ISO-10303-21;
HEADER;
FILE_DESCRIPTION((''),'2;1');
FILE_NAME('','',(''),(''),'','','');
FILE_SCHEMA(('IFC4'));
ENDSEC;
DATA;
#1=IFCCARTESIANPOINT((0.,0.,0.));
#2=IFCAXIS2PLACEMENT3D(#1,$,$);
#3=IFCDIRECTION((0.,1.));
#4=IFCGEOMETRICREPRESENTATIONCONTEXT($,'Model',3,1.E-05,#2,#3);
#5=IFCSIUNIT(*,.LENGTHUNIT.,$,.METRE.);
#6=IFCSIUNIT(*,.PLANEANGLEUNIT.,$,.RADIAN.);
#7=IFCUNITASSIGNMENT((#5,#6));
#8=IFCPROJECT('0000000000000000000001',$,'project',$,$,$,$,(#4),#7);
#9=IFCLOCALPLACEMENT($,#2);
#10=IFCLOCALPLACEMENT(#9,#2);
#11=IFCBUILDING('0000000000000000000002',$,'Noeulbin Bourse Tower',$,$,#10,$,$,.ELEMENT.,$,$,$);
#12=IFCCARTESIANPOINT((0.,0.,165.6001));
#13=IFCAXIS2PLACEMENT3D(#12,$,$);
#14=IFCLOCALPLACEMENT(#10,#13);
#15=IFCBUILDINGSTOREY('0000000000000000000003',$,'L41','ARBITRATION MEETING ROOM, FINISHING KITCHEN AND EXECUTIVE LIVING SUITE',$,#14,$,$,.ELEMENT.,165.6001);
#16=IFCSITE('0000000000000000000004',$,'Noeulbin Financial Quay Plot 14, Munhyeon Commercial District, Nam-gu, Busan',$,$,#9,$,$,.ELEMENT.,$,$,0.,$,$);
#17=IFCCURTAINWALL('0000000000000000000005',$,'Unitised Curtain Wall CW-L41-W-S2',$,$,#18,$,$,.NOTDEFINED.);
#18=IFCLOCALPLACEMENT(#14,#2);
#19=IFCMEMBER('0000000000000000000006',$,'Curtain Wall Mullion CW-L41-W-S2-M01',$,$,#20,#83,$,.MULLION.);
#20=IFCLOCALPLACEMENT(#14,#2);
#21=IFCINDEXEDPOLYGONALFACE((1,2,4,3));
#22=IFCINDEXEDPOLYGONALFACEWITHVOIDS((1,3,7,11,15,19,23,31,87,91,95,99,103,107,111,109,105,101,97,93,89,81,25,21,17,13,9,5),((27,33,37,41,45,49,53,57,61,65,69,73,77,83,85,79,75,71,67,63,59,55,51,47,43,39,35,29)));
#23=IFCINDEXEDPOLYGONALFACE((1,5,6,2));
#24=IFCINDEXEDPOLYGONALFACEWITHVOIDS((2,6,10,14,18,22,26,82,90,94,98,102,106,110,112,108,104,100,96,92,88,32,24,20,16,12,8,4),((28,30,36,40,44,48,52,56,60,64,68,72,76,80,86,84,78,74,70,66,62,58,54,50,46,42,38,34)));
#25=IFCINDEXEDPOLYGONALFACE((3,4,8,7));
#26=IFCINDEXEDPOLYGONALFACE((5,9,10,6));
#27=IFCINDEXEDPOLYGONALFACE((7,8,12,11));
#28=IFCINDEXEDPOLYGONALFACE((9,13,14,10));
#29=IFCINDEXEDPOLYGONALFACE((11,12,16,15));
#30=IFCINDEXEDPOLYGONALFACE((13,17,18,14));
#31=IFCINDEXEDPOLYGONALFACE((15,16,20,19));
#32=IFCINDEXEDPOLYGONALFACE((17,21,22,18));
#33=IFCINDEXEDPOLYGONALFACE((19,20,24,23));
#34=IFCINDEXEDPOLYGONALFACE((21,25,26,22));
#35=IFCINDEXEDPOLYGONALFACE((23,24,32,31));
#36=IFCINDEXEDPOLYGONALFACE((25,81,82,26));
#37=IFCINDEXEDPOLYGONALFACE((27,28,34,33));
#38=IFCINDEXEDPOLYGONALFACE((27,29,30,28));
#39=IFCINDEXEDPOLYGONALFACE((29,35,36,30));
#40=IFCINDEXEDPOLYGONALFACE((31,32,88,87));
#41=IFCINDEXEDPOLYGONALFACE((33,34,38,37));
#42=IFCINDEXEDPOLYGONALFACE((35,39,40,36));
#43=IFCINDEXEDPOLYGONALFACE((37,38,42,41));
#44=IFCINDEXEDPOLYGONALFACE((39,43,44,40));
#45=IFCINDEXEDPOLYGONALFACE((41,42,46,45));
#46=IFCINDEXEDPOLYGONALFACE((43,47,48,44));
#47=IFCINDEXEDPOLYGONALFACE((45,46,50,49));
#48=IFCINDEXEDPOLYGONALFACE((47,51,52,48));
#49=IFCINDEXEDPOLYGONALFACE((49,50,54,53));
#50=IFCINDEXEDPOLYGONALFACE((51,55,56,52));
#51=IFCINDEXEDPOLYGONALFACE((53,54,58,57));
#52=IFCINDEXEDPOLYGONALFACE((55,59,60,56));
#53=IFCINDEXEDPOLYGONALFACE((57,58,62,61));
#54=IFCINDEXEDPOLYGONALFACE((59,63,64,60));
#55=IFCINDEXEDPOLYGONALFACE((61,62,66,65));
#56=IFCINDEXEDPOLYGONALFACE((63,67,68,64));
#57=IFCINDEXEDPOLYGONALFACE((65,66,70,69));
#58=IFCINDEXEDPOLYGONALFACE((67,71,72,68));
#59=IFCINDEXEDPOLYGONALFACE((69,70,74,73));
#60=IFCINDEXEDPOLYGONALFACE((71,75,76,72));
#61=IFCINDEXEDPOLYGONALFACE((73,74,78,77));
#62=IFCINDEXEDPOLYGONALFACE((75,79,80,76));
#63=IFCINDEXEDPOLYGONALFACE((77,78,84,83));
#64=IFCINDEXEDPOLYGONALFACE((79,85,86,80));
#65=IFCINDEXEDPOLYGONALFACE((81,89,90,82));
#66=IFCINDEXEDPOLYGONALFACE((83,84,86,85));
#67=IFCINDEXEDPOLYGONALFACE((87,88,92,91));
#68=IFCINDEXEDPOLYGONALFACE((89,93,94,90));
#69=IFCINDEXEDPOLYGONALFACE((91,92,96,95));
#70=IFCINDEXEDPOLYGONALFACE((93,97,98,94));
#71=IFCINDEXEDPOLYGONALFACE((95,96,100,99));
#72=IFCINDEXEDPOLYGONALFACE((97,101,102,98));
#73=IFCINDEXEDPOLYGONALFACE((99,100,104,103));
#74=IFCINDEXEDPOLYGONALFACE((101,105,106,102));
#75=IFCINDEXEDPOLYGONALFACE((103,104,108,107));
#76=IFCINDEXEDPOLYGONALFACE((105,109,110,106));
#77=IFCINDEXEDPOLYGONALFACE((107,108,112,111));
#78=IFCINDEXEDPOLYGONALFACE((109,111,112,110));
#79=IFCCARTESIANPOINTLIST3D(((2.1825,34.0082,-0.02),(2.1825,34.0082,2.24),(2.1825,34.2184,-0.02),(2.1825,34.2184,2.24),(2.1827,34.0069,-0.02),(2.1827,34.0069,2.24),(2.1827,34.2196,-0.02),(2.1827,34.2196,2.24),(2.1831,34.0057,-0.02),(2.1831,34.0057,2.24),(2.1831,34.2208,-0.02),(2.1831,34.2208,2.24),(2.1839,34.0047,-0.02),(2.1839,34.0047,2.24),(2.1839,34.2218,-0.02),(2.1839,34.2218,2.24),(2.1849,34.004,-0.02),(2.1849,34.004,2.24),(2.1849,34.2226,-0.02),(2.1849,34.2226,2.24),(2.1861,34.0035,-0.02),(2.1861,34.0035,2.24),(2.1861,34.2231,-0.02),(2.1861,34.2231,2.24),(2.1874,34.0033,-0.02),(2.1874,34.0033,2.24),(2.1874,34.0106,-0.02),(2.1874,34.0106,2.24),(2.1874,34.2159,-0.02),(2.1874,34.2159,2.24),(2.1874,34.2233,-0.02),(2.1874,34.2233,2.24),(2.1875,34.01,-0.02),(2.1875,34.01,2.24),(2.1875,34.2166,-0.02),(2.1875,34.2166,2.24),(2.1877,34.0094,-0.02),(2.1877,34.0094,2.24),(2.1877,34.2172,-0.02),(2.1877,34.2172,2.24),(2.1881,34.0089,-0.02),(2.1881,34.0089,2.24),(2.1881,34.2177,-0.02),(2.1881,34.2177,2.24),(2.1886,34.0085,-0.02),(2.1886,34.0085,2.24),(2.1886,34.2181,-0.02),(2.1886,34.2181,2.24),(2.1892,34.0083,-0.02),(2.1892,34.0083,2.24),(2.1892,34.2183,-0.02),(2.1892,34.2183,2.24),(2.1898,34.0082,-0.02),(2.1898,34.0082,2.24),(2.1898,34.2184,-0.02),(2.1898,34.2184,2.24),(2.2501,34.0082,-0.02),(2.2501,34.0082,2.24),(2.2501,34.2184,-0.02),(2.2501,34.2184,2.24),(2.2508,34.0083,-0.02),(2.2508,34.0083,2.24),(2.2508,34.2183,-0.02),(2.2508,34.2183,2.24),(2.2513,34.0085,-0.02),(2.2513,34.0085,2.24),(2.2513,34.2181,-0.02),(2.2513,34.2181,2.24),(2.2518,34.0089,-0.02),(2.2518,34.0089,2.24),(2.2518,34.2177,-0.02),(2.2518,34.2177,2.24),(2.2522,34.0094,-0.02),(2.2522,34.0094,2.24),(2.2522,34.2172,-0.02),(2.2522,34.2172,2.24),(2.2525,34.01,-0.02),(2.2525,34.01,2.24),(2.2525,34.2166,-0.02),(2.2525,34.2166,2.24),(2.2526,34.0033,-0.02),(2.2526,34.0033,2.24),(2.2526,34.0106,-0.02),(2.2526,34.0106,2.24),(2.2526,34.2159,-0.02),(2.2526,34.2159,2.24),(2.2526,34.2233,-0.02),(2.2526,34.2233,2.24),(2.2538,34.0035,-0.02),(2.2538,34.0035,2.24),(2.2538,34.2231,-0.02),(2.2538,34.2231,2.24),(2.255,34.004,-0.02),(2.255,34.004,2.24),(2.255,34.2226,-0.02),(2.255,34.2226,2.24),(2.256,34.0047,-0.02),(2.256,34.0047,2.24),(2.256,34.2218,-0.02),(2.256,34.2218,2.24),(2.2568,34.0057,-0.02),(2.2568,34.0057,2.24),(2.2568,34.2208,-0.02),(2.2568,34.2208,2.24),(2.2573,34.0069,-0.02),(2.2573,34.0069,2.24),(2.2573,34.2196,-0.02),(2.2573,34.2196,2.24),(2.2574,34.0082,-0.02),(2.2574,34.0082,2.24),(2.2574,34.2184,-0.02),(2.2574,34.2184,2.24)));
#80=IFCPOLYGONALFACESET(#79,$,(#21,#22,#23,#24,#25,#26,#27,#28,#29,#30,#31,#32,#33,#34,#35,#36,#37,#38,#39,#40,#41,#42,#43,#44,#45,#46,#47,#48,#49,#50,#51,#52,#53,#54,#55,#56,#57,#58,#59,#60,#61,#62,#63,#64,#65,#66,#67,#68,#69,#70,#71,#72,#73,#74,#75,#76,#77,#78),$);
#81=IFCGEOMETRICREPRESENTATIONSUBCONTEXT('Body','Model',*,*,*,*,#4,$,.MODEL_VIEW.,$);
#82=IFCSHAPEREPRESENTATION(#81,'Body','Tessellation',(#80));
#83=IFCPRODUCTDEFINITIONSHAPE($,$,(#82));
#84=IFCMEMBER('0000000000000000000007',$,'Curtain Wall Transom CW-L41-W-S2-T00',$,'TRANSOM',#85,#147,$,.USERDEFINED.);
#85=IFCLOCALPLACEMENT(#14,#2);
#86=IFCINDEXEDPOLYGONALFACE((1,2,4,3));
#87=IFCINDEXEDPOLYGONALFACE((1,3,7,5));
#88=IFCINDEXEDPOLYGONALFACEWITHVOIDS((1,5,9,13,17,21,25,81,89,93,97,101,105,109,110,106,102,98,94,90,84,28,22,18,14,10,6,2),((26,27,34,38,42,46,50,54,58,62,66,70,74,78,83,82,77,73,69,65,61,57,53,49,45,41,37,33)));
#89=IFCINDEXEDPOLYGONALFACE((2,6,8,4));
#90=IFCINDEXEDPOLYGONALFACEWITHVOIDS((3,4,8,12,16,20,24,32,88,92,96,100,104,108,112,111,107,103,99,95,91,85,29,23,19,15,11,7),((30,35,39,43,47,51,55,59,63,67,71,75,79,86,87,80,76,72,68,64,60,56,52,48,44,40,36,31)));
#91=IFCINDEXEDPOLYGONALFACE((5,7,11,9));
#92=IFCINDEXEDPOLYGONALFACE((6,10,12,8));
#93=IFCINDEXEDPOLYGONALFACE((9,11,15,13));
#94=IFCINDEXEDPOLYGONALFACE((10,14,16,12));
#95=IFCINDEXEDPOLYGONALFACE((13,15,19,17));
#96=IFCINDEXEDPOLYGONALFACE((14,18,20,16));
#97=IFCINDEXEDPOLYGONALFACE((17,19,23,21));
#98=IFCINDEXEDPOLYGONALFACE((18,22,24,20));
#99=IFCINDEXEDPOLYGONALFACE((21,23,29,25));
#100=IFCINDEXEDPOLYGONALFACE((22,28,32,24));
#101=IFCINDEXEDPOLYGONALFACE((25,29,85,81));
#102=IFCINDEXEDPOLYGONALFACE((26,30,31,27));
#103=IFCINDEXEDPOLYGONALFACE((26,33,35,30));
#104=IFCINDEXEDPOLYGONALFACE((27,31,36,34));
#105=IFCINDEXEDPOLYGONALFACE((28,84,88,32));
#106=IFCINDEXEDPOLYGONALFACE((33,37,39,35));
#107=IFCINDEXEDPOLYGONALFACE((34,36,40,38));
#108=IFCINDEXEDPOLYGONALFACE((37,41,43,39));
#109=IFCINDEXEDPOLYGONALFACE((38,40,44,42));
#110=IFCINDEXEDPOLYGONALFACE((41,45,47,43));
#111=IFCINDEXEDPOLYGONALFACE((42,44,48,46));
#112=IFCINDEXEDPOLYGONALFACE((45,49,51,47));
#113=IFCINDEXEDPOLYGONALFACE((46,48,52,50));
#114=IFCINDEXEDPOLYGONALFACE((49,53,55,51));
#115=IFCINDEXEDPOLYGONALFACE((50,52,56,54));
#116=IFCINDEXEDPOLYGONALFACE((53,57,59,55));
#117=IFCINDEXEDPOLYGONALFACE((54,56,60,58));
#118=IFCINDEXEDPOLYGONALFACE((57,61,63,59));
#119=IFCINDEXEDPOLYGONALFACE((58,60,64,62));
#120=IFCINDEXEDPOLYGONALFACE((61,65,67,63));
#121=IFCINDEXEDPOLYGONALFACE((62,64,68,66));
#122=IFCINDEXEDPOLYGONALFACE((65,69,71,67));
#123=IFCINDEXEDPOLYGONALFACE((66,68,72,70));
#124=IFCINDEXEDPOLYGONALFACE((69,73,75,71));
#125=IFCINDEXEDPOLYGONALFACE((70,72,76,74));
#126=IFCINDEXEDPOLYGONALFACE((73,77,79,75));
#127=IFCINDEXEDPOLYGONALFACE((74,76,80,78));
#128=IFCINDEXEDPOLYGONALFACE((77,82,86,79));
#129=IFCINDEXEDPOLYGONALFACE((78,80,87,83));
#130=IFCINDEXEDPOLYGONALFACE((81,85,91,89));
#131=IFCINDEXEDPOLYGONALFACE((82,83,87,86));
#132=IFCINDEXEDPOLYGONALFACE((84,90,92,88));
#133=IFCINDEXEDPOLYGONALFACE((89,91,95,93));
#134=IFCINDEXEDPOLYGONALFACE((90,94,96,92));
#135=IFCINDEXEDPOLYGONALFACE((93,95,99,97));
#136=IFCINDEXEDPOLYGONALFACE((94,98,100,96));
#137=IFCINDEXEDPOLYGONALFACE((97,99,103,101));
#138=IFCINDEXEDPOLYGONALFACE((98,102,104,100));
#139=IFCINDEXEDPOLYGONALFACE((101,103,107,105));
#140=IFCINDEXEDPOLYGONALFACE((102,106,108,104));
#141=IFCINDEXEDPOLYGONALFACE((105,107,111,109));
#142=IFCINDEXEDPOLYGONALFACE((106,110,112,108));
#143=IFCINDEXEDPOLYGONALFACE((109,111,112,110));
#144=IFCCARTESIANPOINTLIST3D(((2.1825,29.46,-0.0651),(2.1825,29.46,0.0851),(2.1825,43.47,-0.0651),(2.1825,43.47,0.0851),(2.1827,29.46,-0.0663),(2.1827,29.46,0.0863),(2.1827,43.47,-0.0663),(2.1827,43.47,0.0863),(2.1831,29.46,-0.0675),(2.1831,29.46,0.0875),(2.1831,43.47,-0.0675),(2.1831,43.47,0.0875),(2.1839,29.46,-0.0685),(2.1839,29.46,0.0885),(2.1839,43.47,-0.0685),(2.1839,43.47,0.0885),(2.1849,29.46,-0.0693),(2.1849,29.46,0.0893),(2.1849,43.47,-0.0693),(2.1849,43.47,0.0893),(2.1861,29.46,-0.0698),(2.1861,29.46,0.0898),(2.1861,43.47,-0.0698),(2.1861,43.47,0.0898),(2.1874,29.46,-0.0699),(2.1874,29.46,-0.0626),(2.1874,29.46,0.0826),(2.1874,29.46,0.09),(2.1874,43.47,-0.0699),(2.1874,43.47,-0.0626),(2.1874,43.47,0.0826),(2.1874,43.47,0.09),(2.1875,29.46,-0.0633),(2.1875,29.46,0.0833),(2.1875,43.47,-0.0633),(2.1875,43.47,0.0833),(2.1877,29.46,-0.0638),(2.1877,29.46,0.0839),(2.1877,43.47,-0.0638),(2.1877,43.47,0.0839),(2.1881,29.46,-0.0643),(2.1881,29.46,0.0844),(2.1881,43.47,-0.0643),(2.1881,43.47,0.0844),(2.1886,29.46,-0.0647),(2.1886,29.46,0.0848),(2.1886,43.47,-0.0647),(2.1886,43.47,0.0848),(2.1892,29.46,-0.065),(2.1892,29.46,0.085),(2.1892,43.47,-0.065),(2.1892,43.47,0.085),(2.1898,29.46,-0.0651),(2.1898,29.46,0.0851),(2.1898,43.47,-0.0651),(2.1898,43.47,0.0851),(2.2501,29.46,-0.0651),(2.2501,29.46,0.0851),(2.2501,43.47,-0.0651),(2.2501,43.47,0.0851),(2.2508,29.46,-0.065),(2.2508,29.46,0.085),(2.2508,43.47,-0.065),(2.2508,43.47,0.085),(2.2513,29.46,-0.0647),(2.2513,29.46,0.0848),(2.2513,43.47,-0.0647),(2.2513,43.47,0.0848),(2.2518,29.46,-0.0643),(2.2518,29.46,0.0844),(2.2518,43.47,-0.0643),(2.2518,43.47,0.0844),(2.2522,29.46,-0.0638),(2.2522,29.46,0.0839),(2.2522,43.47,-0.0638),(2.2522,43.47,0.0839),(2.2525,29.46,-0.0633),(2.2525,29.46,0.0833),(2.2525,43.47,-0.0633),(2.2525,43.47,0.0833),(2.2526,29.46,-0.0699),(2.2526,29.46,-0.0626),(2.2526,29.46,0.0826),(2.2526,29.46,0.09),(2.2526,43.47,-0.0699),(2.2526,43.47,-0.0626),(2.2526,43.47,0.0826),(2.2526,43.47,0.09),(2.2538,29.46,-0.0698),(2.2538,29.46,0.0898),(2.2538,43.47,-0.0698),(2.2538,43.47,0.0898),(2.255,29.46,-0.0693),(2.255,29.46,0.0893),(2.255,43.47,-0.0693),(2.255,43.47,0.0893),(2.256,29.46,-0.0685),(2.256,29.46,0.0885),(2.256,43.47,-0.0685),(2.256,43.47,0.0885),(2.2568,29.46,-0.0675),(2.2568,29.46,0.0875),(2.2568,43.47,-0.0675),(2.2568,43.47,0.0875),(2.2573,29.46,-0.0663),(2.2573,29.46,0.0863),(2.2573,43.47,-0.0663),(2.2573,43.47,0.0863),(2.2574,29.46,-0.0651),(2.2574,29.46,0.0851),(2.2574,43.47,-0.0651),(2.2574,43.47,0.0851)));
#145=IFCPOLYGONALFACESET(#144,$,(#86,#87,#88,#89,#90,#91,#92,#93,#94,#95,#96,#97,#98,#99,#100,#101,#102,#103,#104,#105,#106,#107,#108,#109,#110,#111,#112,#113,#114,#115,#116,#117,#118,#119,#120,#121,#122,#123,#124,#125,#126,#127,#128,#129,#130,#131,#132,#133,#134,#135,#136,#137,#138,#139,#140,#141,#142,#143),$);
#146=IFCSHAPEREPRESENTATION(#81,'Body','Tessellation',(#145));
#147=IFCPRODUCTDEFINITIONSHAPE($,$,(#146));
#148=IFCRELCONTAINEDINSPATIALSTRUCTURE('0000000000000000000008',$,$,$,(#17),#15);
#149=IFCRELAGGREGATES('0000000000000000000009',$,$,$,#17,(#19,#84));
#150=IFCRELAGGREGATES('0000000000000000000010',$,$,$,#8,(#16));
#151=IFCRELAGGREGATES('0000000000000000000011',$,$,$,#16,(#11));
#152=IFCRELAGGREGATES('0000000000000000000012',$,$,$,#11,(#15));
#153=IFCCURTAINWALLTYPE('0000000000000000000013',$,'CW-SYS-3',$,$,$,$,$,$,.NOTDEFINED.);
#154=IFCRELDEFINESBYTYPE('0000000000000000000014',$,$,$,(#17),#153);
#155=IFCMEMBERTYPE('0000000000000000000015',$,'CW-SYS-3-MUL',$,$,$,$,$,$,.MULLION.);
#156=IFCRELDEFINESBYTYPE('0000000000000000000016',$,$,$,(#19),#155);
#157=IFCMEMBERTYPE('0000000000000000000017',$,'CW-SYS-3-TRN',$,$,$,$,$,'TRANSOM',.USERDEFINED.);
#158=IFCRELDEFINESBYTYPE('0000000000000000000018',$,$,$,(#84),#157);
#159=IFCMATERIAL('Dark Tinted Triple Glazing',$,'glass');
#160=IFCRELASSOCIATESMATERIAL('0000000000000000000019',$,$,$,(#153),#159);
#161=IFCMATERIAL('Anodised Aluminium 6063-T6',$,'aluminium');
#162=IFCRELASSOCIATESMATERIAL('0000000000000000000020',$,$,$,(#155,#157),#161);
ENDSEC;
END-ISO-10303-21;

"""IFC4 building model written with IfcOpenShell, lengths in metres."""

from ifc_helpers import new_model, si_unit, direction, frame, origin, origin_2d, place, context, subcontext, project, spatial, hollow_rectangle, extrude, material, material_profile, profile_set, type_object, element, aggregate, save


model = new_model("IFC4")

# Units and contexts
model_context = context("Model", 3, precision=1e-05, world=origin(), true_north=direction((0.0, 1.0)))
body_context = subcontext(model_context, "Body", "Model", "MODEL_VIEW")
ifc_project = project(units=[si_unit("LENGTHUNIT", "METRE"), si_unit("PLANEANGLEUNIT", "RADIAN")], contexts=[model_context])

# Site, building, storey
site_placement = place(None, origin())
site = spatial("IfcSite", under=ifc_project, at=site_placement, Name="Noeulbin Financial Quay Plot 14, Munhyeon Commercial District, Nam-gu, Busan", CompositionType="ELEMENT", RefElevation=0.0)
building_placement = place(site_placement, origin())
building = spatial("IfcBuilding", under=site, at=building_placement, Name="Noeulbin Bourse Tower", CompositionType="ELEMENT")
storey_placement = place(building_placement, frame((0.0, 0.0, 165.6001)))
storey = spatial("IfcBuildingStorey", under=building, at=storey_placement, Name="L41", Description="ARBITRATION MEETING ROOM, FINISHING KITCHEN AND EXECUTIVE LIVING SUITE", CompositionType="ELEMENT", Elevation=165.6001)

# Curtain wall, members
ifc_material_1 = material(Name="Dark Tinted Triple Glazing", Category="glass")
curtain_wall_type = type_object("IfcCurtainWallType", Name="CW-SYS-3", PredefinedType="NOTDEFINED", material=ifc_material_1)
ifc_material_2 = material(Name="Anodised Aluminium 6063-T6", Category="aluminium")
ifc_material_profile_1 = material_profile(ifc_material_2, hollow_rectangle(XDim=0.075, YDim=0.22, WallThickness=0.0049, InnerFilletRadius=0.0024, OuterFilletRadius=0.0049, at=origin_2d()), Name="ALU-MULL-75x220x5", Category="LoadBearing")
ifc_profile_set_1 = profile_set([ifc_material_profile_1], Name="Anodised Aluminium 6063-T6")
member_type_1 = type_object("IfcMemberType", Name="CW-SYS-3-MUL", PredefinedType="MULLION", material=ifc_profile_set_1)
curtain_wall_1_placement = place(storey_placement, origin())
curtain_wall_1 = element("IfcCurtainWall", 1, at=curtain_wall_1_placement, inside=storey, type_object=curtain_wall_type, Name="Unitised Curtain Wall CW-L41-W-S2", PredefinedType="NOTDEFINED")
member_1_placement = place(storey_placement, frame((2.22, 34.1133, -0.02), z_axis=(0.0, 0.0, 1.0), x_axis=(1.0, 0.0, 0.0)))
member_1 = element("IfcMember", 2, at=member_1_placement, type_object=member_type_1, Name="Curtain Wall Mullion CW-L41-W-S2-M01", PredefinedType="MULLION", context=body_context, shape_type="SweptSolid", body=[
    extrude(hollow_rectangle(XDim=0.075, YDim=0.22, WallThickness=0.0049, InnerFilletRadius=0.0024, OuterFilletRadius=0.0049, at=origin_2d()), origin(), (0.0, 0.0, 1.0), 2.26),
])
ifc_material_profile_2 = material_profile(ifc_material_2, hollow_rectangle(XDim=0.075, YDim=0.1599, WallThickness=0.0049, InnerFilletRadius=0.0024, OuterFilletRadius=0.0049, at=origin_2d()), Name="ALU-TRAN-75x160x5", Category="LoadBearing")
ifc_profile_set_2 = profile_set([ifc_material_profile_2], Name="Anodised Aluminium 6063-T6")
member_type_2 = type_object("IfcMemberType", Name="CW-SYS-3-TRN", ElementType="TRANSOM", PredefinedType="USERDEFINED", material=ifc_profile_set_2)
member_2_placement = place(storey_placement, frame((2.22, 29.46, 0.01), z_axis=(0.0, 1.0, 0.0), x_axis=(-1.0, 0.0, 0.0)))
member_2 = element("IfcMember", 3, at=member_2_placement, type_object=member_type_2, Name="Curtain Wall Transom CW-L41-W-S2-T00", ObjectType="TRANSOM", PredefinedType="USERDEFINED", context=body_context, shape_type="SweptSolid", body=[
    extrude(hollow_rectangle(XDim=0.075, YDim=0.1599, WallThickness=0.0049, InnerFilletRadius=0.0024, OuterFilletRadius=0.0049, at=origin_2d()), origin(), (0.0, 0.0, 1.0), 14.01),
])

aggregate(curtain_wall_1, [member_1, member_2])

save(model, "model.ifc")
